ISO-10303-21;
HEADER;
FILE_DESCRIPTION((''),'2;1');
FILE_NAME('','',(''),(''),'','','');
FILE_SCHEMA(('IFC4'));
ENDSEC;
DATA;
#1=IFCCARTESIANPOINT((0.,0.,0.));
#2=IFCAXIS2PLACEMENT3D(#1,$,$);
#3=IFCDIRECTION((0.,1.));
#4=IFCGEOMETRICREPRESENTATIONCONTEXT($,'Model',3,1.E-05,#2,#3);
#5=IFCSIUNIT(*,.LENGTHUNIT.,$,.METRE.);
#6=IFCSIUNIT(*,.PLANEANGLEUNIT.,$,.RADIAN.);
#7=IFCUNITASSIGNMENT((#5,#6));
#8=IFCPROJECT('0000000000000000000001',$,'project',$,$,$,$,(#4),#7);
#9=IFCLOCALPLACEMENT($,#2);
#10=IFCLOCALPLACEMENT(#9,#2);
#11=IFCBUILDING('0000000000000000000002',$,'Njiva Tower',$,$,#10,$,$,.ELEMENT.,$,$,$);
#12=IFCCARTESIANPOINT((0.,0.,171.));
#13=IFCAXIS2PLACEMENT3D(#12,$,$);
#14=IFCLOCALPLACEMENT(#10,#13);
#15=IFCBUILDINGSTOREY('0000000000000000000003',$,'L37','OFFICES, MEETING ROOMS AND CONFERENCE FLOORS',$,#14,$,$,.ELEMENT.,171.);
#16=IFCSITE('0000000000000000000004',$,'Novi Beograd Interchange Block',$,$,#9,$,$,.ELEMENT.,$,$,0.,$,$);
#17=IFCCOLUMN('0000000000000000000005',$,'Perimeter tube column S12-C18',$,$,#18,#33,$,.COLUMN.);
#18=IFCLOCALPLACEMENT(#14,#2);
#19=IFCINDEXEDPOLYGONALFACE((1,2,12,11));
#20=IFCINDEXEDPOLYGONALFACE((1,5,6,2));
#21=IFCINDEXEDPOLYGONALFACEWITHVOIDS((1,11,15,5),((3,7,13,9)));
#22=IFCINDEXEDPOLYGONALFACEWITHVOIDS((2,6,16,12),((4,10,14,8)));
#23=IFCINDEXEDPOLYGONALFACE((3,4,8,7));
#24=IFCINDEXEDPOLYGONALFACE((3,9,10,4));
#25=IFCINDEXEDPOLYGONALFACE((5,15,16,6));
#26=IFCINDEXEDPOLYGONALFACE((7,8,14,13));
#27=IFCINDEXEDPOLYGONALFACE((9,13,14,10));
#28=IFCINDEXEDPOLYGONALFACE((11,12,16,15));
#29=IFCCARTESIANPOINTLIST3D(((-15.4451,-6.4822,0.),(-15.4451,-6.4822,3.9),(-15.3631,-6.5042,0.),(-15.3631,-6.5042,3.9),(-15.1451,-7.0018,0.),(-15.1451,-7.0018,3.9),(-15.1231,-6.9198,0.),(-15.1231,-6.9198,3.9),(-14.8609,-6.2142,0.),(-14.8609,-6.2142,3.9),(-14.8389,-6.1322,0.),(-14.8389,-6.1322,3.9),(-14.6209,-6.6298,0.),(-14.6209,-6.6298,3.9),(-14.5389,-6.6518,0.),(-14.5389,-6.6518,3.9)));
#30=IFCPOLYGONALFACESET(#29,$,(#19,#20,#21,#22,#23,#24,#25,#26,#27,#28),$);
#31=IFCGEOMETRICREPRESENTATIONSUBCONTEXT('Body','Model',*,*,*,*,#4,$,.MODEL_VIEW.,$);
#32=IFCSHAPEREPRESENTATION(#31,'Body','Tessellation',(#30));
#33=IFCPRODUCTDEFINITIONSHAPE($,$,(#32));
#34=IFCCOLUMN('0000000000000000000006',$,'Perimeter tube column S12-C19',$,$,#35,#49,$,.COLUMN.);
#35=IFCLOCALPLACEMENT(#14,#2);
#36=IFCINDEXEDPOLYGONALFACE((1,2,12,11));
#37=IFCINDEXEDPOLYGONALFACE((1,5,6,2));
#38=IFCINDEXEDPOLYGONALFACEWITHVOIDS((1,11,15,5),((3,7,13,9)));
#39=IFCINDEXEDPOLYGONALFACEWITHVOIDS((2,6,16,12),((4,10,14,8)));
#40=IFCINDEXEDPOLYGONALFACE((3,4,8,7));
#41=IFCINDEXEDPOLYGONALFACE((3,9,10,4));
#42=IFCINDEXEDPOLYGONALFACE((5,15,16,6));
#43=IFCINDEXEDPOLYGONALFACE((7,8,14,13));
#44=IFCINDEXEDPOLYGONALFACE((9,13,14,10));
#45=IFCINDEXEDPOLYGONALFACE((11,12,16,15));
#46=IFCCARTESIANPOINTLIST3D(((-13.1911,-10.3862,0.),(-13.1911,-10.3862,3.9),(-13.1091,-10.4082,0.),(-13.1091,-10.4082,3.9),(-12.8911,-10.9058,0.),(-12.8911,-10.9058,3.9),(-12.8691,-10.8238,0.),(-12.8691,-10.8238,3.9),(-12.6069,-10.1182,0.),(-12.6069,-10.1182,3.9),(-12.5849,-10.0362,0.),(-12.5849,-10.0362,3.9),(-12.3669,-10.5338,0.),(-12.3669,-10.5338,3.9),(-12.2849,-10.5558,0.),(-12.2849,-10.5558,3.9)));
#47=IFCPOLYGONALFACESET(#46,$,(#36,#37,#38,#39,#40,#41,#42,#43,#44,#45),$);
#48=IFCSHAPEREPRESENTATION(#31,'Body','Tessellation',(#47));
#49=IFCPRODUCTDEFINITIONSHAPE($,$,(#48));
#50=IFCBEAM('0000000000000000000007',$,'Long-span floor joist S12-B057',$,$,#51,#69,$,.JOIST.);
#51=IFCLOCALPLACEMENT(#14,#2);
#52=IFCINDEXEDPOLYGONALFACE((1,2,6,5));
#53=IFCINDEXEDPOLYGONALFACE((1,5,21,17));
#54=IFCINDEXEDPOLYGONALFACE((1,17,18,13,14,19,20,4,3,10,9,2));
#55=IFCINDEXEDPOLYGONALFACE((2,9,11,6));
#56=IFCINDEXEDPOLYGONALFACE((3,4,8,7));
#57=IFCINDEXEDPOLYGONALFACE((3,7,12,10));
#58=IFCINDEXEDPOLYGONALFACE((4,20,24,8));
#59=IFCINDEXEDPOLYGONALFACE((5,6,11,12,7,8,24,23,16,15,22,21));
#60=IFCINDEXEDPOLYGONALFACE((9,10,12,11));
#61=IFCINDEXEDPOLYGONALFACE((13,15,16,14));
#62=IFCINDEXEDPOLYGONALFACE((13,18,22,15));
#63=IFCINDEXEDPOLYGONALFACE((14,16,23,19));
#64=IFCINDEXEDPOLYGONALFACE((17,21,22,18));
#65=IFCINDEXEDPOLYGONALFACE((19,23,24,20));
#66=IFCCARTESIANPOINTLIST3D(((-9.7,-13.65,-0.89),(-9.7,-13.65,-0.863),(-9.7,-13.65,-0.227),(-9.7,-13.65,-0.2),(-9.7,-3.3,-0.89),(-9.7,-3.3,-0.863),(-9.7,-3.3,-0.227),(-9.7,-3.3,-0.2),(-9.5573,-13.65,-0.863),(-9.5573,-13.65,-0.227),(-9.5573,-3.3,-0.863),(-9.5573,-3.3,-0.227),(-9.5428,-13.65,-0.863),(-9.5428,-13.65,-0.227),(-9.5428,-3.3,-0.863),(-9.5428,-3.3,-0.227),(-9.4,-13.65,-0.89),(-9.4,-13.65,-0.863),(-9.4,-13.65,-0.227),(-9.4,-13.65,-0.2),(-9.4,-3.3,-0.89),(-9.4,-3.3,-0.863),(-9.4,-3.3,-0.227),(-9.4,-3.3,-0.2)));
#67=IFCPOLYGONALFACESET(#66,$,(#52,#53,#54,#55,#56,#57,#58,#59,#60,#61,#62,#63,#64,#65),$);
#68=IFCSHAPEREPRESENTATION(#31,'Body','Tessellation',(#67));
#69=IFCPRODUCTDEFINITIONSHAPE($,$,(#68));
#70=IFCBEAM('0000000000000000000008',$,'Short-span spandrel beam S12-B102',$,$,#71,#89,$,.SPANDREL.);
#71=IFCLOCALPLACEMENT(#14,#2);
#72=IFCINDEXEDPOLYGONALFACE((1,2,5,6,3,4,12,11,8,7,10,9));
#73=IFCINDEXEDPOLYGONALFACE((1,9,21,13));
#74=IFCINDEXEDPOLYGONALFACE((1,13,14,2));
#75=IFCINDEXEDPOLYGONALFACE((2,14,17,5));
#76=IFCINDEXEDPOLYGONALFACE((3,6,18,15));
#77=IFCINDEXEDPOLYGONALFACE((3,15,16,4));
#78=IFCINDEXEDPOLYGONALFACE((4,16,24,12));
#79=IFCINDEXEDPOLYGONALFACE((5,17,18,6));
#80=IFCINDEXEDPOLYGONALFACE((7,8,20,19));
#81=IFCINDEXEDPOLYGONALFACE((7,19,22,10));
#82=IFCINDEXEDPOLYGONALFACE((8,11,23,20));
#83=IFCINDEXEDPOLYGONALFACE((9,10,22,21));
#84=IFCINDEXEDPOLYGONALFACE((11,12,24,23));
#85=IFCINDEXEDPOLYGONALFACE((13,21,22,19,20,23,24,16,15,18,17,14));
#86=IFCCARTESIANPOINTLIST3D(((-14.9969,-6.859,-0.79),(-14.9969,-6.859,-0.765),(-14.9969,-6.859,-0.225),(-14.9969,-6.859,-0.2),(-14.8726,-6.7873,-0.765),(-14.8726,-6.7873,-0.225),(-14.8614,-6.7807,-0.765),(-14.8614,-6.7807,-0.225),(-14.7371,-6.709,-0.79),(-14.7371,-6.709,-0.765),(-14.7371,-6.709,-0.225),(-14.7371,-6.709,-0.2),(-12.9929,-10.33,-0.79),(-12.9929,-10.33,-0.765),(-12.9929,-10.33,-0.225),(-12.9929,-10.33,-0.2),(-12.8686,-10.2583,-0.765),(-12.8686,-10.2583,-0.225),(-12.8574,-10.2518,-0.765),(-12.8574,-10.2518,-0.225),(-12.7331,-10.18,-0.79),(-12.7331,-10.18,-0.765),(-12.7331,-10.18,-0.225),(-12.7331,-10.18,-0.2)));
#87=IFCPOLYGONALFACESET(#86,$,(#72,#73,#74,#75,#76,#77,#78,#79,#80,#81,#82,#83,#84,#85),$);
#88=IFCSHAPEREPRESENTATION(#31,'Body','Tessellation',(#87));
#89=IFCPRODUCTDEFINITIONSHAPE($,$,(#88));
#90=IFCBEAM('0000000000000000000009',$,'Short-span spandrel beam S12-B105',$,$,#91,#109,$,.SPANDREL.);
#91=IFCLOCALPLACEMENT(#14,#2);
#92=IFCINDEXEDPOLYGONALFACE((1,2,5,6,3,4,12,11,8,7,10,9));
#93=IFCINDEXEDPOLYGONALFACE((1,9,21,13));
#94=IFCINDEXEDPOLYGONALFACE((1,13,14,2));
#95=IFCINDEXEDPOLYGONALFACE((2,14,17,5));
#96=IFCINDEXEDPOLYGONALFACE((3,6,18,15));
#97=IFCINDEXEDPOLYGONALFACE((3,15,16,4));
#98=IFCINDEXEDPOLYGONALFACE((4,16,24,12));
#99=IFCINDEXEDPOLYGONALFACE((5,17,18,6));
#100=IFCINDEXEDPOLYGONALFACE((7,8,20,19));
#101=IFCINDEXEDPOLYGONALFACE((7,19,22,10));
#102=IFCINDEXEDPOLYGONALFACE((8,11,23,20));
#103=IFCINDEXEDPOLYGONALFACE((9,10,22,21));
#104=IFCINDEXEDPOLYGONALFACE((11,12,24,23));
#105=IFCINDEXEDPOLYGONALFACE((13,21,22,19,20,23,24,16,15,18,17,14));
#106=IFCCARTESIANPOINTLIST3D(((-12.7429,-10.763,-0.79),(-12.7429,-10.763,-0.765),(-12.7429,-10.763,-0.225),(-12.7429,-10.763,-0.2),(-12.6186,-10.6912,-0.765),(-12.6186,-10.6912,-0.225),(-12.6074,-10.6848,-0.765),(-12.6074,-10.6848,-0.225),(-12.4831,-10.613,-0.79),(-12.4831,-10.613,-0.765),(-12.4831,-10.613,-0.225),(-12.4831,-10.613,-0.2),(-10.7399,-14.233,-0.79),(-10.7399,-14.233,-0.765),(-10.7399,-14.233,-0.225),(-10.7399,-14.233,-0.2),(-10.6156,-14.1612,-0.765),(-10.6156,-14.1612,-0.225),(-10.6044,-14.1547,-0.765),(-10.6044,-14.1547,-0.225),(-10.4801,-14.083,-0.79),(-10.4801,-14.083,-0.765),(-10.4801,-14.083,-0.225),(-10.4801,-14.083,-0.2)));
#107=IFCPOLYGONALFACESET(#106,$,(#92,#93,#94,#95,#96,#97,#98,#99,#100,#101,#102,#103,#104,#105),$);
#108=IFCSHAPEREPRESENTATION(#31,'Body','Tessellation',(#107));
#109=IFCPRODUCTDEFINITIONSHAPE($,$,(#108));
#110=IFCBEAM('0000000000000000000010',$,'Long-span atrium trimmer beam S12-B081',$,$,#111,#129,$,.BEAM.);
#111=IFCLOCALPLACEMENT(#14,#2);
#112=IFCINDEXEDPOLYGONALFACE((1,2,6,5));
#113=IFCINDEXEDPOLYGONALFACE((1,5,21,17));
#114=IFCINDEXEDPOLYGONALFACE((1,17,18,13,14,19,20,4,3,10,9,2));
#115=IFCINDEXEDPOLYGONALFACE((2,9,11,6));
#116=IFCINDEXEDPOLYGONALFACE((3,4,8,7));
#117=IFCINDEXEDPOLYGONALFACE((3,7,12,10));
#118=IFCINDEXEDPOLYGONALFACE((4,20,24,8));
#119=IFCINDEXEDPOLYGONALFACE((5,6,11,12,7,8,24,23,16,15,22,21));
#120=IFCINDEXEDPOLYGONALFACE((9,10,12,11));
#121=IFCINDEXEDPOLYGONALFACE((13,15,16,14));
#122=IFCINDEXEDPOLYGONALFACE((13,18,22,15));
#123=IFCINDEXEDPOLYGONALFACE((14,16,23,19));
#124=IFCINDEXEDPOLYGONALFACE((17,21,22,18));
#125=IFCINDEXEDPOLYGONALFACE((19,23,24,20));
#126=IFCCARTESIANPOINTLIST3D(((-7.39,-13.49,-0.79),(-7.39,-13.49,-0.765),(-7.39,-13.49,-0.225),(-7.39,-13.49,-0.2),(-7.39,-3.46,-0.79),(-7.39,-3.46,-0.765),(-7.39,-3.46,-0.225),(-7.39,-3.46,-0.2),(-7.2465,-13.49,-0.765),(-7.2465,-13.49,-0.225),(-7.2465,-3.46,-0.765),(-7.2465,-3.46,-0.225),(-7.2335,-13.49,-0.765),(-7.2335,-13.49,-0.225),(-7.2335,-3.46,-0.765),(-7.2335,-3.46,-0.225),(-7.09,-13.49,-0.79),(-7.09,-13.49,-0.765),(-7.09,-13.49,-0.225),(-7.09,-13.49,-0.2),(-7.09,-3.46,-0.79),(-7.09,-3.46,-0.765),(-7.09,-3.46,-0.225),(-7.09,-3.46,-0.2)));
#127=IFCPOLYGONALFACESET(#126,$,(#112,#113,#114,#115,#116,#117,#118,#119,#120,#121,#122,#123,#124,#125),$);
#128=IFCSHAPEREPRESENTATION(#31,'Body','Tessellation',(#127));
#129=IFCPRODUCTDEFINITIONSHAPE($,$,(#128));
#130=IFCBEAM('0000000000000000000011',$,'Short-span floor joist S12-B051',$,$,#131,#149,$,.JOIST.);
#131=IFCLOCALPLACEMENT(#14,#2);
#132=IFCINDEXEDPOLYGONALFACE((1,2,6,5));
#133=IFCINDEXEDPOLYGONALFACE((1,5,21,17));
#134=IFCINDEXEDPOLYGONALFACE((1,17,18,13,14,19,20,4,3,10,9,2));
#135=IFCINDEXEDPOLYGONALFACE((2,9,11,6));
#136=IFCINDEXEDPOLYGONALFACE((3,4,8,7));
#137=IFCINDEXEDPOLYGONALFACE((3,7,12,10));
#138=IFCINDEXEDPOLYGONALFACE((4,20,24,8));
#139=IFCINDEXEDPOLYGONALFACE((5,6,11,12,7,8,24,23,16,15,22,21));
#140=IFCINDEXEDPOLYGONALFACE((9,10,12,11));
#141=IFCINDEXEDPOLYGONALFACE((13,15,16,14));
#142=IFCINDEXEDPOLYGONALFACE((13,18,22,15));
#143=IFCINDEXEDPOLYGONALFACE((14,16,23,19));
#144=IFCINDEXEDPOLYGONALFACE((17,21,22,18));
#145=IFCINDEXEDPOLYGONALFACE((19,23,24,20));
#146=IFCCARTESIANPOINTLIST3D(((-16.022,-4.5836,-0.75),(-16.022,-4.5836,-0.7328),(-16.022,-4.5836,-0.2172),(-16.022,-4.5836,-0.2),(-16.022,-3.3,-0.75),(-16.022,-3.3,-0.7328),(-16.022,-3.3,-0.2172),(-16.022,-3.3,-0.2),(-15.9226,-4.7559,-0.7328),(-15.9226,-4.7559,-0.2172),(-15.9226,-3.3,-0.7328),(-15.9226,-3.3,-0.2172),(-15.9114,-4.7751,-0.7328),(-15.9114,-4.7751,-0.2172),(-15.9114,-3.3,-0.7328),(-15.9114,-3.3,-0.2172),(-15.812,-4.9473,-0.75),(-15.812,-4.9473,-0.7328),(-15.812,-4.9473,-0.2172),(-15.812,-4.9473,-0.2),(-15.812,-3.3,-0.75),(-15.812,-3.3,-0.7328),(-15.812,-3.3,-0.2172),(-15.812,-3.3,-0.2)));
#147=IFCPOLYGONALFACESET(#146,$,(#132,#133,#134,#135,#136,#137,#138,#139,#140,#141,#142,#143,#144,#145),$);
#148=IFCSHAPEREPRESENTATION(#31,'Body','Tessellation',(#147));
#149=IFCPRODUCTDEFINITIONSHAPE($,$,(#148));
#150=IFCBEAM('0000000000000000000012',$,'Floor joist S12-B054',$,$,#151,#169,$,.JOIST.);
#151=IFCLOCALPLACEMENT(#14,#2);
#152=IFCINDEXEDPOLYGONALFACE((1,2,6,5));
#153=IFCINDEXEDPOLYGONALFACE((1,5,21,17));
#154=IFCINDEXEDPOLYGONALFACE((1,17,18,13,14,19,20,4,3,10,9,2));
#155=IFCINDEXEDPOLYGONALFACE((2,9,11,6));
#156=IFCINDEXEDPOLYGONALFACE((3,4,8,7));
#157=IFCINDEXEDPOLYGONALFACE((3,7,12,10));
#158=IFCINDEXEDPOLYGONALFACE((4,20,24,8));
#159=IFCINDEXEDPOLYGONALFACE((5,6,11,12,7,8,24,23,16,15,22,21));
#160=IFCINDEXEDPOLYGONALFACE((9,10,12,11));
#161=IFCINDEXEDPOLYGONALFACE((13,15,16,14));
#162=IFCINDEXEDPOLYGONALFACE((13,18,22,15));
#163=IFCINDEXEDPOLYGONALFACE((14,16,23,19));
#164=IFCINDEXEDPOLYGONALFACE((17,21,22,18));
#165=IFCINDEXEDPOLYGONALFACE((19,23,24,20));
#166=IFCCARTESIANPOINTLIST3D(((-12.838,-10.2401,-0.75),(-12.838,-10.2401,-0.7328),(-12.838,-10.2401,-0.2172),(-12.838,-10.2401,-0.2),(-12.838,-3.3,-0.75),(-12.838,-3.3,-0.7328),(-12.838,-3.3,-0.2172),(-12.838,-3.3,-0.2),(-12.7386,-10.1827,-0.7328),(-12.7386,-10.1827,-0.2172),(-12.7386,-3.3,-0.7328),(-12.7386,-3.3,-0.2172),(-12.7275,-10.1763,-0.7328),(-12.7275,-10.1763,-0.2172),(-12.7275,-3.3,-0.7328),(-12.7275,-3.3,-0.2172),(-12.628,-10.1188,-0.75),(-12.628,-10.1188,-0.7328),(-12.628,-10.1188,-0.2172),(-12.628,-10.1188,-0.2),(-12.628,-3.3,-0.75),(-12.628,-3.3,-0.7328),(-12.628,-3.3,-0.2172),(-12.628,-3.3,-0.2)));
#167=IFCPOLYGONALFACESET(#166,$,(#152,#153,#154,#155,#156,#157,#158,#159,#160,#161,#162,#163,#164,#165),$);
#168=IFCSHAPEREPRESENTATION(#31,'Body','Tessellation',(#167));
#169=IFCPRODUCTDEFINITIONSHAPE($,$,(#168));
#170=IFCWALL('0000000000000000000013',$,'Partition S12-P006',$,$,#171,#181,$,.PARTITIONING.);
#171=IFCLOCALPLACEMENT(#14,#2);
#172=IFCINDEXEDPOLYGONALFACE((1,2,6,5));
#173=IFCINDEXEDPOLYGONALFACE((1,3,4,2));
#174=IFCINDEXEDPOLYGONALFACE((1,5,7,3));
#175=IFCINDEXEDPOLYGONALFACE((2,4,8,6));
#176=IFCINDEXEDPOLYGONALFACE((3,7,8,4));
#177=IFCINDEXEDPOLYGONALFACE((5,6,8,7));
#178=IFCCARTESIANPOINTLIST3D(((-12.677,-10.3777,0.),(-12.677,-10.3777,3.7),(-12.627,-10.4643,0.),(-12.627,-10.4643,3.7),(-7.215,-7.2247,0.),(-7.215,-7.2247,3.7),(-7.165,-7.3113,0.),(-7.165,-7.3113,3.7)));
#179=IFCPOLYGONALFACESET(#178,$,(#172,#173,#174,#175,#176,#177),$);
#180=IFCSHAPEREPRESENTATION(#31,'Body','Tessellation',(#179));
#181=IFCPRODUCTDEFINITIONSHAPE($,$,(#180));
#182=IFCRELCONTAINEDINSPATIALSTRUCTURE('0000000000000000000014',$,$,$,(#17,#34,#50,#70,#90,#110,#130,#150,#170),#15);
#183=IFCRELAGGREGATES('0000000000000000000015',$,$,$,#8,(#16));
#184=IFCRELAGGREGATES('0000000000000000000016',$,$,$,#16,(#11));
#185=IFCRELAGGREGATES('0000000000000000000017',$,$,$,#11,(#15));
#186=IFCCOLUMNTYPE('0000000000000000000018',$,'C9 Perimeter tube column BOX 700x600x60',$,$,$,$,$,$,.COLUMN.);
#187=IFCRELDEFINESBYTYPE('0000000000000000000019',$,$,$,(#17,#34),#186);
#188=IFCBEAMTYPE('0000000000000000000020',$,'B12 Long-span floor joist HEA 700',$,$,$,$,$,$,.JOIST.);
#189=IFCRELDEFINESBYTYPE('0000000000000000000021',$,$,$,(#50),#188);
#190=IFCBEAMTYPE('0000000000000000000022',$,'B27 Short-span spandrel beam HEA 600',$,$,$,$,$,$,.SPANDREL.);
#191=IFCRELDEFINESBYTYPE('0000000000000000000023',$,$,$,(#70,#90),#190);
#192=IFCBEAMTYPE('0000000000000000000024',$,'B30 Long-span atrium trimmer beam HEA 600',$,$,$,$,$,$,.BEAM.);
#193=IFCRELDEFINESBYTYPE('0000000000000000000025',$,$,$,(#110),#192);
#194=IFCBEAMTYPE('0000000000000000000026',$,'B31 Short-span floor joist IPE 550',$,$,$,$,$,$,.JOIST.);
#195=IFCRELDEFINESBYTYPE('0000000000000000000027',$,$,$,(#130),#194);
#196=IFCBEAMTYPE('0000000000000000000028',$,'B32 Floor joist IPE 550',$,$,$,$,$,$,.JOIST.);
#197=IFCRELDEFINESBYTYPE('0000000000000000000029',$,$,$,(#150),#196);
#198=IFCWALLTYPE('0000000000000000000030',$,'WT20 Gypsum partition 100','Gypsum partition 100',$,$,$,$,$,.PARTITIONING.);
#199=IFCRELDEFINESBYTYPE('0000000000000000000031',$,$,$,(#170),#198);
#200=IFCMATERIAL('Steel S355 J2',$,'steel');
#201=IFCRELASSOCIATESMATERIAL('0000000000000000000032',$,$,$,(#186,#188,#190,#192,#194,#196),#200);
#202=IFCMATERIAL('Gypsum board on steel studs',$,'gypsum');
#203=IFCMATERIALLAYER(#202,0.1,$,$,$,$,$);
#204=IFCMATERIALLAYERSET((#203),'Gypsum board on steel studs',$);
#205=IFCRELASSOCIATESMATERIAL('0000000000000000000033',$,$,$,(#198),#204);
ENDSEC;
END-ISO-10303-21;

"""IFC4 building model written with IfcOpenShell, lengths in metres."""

from ifc_helpers import new_model, si_unit, direction, frame, frame_2d, origin, origin_2d, place, context, subcontext, project, spatial, rectangle, hollow_rectangle, i_section, extrude, clip, halfspace, material, layer, layer_set, material_profile, profile_set, type_object, element, save


model = new_model("IFC4")

# Units and contexts
model_context = context("Model", 3, precision=1e-05, world=origin(), true_north=direction((0.0, 1.0)))
body_context = subcontext(model_context, "Body", "Model", "MODEL_VIEW")
ifc_project = project(units=[si_unit("LENGTHUNIT", "METRE"), si_unit("PLANEANGLEUNIT", "RADIAN")], contexts=[model_context])

# Site, building, storey
site_placement = place(None, origin())
site = spatial("IfcSite", under=ifc_project, at=site_placement, Name="Novi Beograd Interchange Block", CompositionType="ELEMENT", RefElevation=0.0)
building_placement = place(site_placement, origin())
building = spatial("IfcBuilding", under=site, at=building_placement, Name="Njiva Tower", CompositionType="ELEMENT")
storey_placement = place(building_placement, frame((0.0, 0.0, 171.0)))
storey = spatial("IfcBuildingStorey", under=building, at=storey_placement, Name="L37", Description="OFFICES, MEETING ROOMS AND CONFERENCE FLOORS", CompositionType="ELEMENT", Elevation=171.0)

# Columns
ifc_material_1 = material(Name="Steel S355 J2", Category="steel")
ifc_material_profile_1 = material_profile(ifc_material_1, hollow_rectangle(XDim=0.6, YDim=0.7, WallThickness=0.06, at=origin_2d()), Name="BOX 700x600x60")
ifc_profile_set_1 = profile_set([ifc_material_profile_1], Name="Steel S355 J2")
column_type = type_object("IfcColumnType", Name="C9 Perimeter tube column BOX 700x600x60", PredefinedType="COLUMN", material=ifc_profile_set_1)
for number, where, z_axis, x_axis, name in (
    (1, (-14.992, -6.567, 0.0), (0.0, 0.0, 1.0), (0.5, -0.866025, 0.0), "Perimeter tube column S12-C18"),
    (2, (-12.738, -10.471, 0.0), (0.0, 0.0, 1.0), (0.5, -0.866025, 0.0), "Perimeter tube column S12-C19"),
):
    element("IfcColumn", number, at=place(storey_placement, frame(where, z_axis=z_axis, x_axis=x_axis)), inside=storey, type_object=column_type, Name=name, PredefinedType="COLUMN", context=body_context, shape_type="SweptSolid", body=[
        extrude(hollow_rectangle(XDim=0.6, YDim=0.7, WallThickness=0.06, at=origin_2d()), origin(), (0.0, 0.0, 1.0), 3.9),
    ])

# Beams
ifc_material_profile_2 = material_profile(ifc_material_1, i_section(OverallWidth=0.3, OverallDepth=0.69, WebThickness=0.0145, FlangeThickness=0.027, at=origin_2d()), Name="HEA 700")
ifc_profile_set_2 = profile_set([ifc_material_profile_2], Name="Steel S355 J2")
beam_type_1 = type_object("IfcBeamType", Name="B12 Long-span floor joist HEA 700", PredefinedType="JOIST", material=ifc_profile_set_2)
beam_1_placement = place(storey_placement, frame((-9.55, -3.3, -0.545), z_axis=(0.0, -1.0, 0.0), x_axis=(1.0, 0.0, 0.0)))
element("IfcBeam", 3, at=beam_1_placement, inside=storey, type_object=beam_type_1, Name="Long-span floor joist S12-B057", PredefinedType="JOIST", context=body_context, shape_type="SweptSolid", body=[
    extrude(i_section(OverallWidth=0.3, OverallDepth=0.69, WebThickness=0.0145, FlangeThickness=0.027, at=origin_2d()), origin(), (0.0, 0.0, 1.0), 10.35),
])
ifc_material_profile_3 = material_profile(ifc_material_1, i_section(OverallWidth=0.3, OverallDepth=0.59, WebThickness=0.013, FlangeThickness=0.025, at=origin_2d()), Name="HEA 600")
ifc_profile_set_3 = profile_set([ifc_material_profile_3], Name="Steel S355 J2")
beam_type_2 = type_object("IfcBeamType", Name="B27 Short-span spandrel beam HEA 600", PredefinedType="SPANDREL", material=ifc_profile_set_3)
beam_2_placement = place(storey_placement, frame((-14.867, -6.784, -0.495), z_axis=(0.500003, -0.866024, 0.0), x_axis=(0.866024, 0.500003, 0.0)))
element("IfcBeam", 4, at=beam_2_placement, inside=storey, type_object=beam_type_2, Name="Short-span spandrel beam S12-B102", PredefinedType="SPANDREL", context=body_context, shape_type="SweptSolid", body=[
    extrude(i_section(OverallWidth=0.3, OverallDepth=0.59, WebThickness=0.013, FlangeThickness=0.025, at=origin_2d()), origin(), (0.0, 0.0, 1.0), 4.008),
])
beam_3_placement = place(storey_placement, frame((-12.613, -10.688, -0.495), z_axis=(0.499924, -0.866069, 0.0), x_axis=(0.866069, 0.499924, 0.0)))
element("IfcBeam", 5, at=beam_3_placement, inside=storey, type_object=beam_type_2, Name="Short-span spandrel beam S12-B105", PredefinedType="SPANDREL", context=body_context, shape_type="SweptSolid", body=[
    extrude(i_section(OverallWidth=0.3, OverallDepth=0.59, WebThickness=0.013, FlangeThickness=0.025, at=origin_2d()), origin(), (0.0, 0.0, 1.0), 4.0066),
])
ifc_material_profile_4 = material_profile(ifc_material_1, i_section(OverallWidth=0.3, OverallDepth=0.59, WebThickness=0.013, FlangeThickness=0.025, at=origin_2d()), Name="HEA 600")
ifc_profile_set_4 = profile_set([ifc_material_profile_4], Name="Steel S355 J2")
beam_type_3 = type_object("IfcBeamType", Name="B30 Long-span atrium trimmer beam HEA 600", PredefinedType="BEAM", material=ifc_profile_set_4)
beam_4_placement = place(storey_placement, frame((-7.24, -3.46, -0.495), z_axis=(0.0, -1.0, 0.0), x_axis=(1.0, 0.0, 0.0)))
element("IfcBeam", 6, at=beam_4_placement, inside=storey, type_object=beam_type_3, Name="Long-span atrium trimmer beam S12-B081", PredefinedType="BEAM", context=body_context, shape_type="SweptSolid", body=[
    extrude(i_section(OverallWidth=0.3, OverallDepth=0.59, WebThickness=0.013, FlangeThickness=0.025, at=origin_2d()), origin(), (0.0, 0.0, 1.0), 10.03),
])
ifc_material_profile_5 = material_profile(ifc_material_1, i_section(OverallWidth=0.21, OverallDepth=0.55, WebThickness=0.0111, FlangeThickness=0.0172, at=origin_2d()), Name="IPE 550")
ifc_profile_set_5 = profile_set([ifc_material_profile_5], Name="Steel S355 J2")
beam_type_4 = type_object("IfcBeamType", Name="B31 Short-span floor joist IPE 550", PredefinedType="JOIST", material=ifc_profile_set_5)
beam_5_placement = place(storey_placement, frame((-15.917, -3.3, -0.475), z_axis=(0.0, -1.0, 0.0), x_axis=(1.0, 0.0, 0.0)))
element("IfcBeam", 7, at=beam_5_placement, inside=storey, type_object=beam_type_4, Name="Short-span floor joist S12-B051", PredefinedType="JOIST", context=body_context, shape_type="Clipping", body=[
    clip(extrude(i_section(OverallWidth=0.21, OverallDepth=0.55, WebThickness=0.0111, FlangeThickness=0.0172, at=origin_2d()), origin(), (0.0, 0.0, 1.0), 1.668), halfspace(frame((-0.043, 0.0, 1.391), z_axis=(-0.866027, 0.0, 0.499998), x_axis=(0.0, 1.0, 0.0)), False)),
])
ifc_material_profile_6 = material_profile(ifc_material_1, i_section(OverallWidth=0.21, OverallDepth=0.55, WebThickness=0.0111, FlangeThickness=0.0172, at=origin_2d()), Name="IPE 550")
ifc_profile_set_6 = profile_set([ifc_material_profile_6], Name="Steel S355 J2")
beam_type_5 = type_object("IfcBeamType", Name="B32 Floor joist IPE 550", PredefinedType="JOIST", material=ifc_profile_set_6)
beam_6_placement = place(storey_placement, frame((-12.733, -3.3, -0.475), z_axis=(0.0, -1.0, 0.0), x_axis=(1.0, 0.0, 0.0)))
element("IfcBeam", 8, at=beam_6_placement, inside=storey, type_object=beam_type_5, Name="Floor joist S12-B054", PredefinedType="JOIST", context=body_context, shape_type="Clipping", body=[
    clip(extrude(i_section(OverallWidth=0.21, OverallDepth=0.55, WebThickness=0.0111, FlangeThickness=0.0172, at=origin_2d()), origin(), (0.0, 0.0, 1.0), 6.961), halfspace(frame((0.0247, 0.0, 6.8652), z_axis=(0.499998, 0.0, 0.866027), x_axis=(0.0, 1.0, 0.0)), False)),
])

# Wall
ifc_material_2 = material(Name="Gypsum board on steel studs", Category="gypsum")
ifc_layer_1 = layer(ifc_material_2, 0.1)
ifc_layer_set_1 = layer_set([ifc_layer_1], Name="Gypsum board on steel studs")
wall_type_1 = type_object("IfcWallType", Name="WT20 Gypsum partition 100", Description="Gypsum partition 100", PredefinedType="PARTITIONING", material=ifc_layer_set_1)
wall_1_placement = place(storey_placement, frame((-12.652, -10.421, 0.0), z_axis=(0.0, 0.0, 1.0), x_axis=(0.866059, 0.499942, 0.0)))
element("IfcWall", 9, at=wall_1_placement, inside=storey, type_object=wall_type_1, Name="Partition S12-P006", PredefinedType="PARTITIONING", context=body_context, shape_type="SweptSolid", body=[
    extrude(rectangle(XDim=6.3067, YDim=0.1, at=frame_2d((3.1534, 0.0))), origin(), (0.0, 0.0, 1.0), 3.7),
])

save(model, "model.ifc")
